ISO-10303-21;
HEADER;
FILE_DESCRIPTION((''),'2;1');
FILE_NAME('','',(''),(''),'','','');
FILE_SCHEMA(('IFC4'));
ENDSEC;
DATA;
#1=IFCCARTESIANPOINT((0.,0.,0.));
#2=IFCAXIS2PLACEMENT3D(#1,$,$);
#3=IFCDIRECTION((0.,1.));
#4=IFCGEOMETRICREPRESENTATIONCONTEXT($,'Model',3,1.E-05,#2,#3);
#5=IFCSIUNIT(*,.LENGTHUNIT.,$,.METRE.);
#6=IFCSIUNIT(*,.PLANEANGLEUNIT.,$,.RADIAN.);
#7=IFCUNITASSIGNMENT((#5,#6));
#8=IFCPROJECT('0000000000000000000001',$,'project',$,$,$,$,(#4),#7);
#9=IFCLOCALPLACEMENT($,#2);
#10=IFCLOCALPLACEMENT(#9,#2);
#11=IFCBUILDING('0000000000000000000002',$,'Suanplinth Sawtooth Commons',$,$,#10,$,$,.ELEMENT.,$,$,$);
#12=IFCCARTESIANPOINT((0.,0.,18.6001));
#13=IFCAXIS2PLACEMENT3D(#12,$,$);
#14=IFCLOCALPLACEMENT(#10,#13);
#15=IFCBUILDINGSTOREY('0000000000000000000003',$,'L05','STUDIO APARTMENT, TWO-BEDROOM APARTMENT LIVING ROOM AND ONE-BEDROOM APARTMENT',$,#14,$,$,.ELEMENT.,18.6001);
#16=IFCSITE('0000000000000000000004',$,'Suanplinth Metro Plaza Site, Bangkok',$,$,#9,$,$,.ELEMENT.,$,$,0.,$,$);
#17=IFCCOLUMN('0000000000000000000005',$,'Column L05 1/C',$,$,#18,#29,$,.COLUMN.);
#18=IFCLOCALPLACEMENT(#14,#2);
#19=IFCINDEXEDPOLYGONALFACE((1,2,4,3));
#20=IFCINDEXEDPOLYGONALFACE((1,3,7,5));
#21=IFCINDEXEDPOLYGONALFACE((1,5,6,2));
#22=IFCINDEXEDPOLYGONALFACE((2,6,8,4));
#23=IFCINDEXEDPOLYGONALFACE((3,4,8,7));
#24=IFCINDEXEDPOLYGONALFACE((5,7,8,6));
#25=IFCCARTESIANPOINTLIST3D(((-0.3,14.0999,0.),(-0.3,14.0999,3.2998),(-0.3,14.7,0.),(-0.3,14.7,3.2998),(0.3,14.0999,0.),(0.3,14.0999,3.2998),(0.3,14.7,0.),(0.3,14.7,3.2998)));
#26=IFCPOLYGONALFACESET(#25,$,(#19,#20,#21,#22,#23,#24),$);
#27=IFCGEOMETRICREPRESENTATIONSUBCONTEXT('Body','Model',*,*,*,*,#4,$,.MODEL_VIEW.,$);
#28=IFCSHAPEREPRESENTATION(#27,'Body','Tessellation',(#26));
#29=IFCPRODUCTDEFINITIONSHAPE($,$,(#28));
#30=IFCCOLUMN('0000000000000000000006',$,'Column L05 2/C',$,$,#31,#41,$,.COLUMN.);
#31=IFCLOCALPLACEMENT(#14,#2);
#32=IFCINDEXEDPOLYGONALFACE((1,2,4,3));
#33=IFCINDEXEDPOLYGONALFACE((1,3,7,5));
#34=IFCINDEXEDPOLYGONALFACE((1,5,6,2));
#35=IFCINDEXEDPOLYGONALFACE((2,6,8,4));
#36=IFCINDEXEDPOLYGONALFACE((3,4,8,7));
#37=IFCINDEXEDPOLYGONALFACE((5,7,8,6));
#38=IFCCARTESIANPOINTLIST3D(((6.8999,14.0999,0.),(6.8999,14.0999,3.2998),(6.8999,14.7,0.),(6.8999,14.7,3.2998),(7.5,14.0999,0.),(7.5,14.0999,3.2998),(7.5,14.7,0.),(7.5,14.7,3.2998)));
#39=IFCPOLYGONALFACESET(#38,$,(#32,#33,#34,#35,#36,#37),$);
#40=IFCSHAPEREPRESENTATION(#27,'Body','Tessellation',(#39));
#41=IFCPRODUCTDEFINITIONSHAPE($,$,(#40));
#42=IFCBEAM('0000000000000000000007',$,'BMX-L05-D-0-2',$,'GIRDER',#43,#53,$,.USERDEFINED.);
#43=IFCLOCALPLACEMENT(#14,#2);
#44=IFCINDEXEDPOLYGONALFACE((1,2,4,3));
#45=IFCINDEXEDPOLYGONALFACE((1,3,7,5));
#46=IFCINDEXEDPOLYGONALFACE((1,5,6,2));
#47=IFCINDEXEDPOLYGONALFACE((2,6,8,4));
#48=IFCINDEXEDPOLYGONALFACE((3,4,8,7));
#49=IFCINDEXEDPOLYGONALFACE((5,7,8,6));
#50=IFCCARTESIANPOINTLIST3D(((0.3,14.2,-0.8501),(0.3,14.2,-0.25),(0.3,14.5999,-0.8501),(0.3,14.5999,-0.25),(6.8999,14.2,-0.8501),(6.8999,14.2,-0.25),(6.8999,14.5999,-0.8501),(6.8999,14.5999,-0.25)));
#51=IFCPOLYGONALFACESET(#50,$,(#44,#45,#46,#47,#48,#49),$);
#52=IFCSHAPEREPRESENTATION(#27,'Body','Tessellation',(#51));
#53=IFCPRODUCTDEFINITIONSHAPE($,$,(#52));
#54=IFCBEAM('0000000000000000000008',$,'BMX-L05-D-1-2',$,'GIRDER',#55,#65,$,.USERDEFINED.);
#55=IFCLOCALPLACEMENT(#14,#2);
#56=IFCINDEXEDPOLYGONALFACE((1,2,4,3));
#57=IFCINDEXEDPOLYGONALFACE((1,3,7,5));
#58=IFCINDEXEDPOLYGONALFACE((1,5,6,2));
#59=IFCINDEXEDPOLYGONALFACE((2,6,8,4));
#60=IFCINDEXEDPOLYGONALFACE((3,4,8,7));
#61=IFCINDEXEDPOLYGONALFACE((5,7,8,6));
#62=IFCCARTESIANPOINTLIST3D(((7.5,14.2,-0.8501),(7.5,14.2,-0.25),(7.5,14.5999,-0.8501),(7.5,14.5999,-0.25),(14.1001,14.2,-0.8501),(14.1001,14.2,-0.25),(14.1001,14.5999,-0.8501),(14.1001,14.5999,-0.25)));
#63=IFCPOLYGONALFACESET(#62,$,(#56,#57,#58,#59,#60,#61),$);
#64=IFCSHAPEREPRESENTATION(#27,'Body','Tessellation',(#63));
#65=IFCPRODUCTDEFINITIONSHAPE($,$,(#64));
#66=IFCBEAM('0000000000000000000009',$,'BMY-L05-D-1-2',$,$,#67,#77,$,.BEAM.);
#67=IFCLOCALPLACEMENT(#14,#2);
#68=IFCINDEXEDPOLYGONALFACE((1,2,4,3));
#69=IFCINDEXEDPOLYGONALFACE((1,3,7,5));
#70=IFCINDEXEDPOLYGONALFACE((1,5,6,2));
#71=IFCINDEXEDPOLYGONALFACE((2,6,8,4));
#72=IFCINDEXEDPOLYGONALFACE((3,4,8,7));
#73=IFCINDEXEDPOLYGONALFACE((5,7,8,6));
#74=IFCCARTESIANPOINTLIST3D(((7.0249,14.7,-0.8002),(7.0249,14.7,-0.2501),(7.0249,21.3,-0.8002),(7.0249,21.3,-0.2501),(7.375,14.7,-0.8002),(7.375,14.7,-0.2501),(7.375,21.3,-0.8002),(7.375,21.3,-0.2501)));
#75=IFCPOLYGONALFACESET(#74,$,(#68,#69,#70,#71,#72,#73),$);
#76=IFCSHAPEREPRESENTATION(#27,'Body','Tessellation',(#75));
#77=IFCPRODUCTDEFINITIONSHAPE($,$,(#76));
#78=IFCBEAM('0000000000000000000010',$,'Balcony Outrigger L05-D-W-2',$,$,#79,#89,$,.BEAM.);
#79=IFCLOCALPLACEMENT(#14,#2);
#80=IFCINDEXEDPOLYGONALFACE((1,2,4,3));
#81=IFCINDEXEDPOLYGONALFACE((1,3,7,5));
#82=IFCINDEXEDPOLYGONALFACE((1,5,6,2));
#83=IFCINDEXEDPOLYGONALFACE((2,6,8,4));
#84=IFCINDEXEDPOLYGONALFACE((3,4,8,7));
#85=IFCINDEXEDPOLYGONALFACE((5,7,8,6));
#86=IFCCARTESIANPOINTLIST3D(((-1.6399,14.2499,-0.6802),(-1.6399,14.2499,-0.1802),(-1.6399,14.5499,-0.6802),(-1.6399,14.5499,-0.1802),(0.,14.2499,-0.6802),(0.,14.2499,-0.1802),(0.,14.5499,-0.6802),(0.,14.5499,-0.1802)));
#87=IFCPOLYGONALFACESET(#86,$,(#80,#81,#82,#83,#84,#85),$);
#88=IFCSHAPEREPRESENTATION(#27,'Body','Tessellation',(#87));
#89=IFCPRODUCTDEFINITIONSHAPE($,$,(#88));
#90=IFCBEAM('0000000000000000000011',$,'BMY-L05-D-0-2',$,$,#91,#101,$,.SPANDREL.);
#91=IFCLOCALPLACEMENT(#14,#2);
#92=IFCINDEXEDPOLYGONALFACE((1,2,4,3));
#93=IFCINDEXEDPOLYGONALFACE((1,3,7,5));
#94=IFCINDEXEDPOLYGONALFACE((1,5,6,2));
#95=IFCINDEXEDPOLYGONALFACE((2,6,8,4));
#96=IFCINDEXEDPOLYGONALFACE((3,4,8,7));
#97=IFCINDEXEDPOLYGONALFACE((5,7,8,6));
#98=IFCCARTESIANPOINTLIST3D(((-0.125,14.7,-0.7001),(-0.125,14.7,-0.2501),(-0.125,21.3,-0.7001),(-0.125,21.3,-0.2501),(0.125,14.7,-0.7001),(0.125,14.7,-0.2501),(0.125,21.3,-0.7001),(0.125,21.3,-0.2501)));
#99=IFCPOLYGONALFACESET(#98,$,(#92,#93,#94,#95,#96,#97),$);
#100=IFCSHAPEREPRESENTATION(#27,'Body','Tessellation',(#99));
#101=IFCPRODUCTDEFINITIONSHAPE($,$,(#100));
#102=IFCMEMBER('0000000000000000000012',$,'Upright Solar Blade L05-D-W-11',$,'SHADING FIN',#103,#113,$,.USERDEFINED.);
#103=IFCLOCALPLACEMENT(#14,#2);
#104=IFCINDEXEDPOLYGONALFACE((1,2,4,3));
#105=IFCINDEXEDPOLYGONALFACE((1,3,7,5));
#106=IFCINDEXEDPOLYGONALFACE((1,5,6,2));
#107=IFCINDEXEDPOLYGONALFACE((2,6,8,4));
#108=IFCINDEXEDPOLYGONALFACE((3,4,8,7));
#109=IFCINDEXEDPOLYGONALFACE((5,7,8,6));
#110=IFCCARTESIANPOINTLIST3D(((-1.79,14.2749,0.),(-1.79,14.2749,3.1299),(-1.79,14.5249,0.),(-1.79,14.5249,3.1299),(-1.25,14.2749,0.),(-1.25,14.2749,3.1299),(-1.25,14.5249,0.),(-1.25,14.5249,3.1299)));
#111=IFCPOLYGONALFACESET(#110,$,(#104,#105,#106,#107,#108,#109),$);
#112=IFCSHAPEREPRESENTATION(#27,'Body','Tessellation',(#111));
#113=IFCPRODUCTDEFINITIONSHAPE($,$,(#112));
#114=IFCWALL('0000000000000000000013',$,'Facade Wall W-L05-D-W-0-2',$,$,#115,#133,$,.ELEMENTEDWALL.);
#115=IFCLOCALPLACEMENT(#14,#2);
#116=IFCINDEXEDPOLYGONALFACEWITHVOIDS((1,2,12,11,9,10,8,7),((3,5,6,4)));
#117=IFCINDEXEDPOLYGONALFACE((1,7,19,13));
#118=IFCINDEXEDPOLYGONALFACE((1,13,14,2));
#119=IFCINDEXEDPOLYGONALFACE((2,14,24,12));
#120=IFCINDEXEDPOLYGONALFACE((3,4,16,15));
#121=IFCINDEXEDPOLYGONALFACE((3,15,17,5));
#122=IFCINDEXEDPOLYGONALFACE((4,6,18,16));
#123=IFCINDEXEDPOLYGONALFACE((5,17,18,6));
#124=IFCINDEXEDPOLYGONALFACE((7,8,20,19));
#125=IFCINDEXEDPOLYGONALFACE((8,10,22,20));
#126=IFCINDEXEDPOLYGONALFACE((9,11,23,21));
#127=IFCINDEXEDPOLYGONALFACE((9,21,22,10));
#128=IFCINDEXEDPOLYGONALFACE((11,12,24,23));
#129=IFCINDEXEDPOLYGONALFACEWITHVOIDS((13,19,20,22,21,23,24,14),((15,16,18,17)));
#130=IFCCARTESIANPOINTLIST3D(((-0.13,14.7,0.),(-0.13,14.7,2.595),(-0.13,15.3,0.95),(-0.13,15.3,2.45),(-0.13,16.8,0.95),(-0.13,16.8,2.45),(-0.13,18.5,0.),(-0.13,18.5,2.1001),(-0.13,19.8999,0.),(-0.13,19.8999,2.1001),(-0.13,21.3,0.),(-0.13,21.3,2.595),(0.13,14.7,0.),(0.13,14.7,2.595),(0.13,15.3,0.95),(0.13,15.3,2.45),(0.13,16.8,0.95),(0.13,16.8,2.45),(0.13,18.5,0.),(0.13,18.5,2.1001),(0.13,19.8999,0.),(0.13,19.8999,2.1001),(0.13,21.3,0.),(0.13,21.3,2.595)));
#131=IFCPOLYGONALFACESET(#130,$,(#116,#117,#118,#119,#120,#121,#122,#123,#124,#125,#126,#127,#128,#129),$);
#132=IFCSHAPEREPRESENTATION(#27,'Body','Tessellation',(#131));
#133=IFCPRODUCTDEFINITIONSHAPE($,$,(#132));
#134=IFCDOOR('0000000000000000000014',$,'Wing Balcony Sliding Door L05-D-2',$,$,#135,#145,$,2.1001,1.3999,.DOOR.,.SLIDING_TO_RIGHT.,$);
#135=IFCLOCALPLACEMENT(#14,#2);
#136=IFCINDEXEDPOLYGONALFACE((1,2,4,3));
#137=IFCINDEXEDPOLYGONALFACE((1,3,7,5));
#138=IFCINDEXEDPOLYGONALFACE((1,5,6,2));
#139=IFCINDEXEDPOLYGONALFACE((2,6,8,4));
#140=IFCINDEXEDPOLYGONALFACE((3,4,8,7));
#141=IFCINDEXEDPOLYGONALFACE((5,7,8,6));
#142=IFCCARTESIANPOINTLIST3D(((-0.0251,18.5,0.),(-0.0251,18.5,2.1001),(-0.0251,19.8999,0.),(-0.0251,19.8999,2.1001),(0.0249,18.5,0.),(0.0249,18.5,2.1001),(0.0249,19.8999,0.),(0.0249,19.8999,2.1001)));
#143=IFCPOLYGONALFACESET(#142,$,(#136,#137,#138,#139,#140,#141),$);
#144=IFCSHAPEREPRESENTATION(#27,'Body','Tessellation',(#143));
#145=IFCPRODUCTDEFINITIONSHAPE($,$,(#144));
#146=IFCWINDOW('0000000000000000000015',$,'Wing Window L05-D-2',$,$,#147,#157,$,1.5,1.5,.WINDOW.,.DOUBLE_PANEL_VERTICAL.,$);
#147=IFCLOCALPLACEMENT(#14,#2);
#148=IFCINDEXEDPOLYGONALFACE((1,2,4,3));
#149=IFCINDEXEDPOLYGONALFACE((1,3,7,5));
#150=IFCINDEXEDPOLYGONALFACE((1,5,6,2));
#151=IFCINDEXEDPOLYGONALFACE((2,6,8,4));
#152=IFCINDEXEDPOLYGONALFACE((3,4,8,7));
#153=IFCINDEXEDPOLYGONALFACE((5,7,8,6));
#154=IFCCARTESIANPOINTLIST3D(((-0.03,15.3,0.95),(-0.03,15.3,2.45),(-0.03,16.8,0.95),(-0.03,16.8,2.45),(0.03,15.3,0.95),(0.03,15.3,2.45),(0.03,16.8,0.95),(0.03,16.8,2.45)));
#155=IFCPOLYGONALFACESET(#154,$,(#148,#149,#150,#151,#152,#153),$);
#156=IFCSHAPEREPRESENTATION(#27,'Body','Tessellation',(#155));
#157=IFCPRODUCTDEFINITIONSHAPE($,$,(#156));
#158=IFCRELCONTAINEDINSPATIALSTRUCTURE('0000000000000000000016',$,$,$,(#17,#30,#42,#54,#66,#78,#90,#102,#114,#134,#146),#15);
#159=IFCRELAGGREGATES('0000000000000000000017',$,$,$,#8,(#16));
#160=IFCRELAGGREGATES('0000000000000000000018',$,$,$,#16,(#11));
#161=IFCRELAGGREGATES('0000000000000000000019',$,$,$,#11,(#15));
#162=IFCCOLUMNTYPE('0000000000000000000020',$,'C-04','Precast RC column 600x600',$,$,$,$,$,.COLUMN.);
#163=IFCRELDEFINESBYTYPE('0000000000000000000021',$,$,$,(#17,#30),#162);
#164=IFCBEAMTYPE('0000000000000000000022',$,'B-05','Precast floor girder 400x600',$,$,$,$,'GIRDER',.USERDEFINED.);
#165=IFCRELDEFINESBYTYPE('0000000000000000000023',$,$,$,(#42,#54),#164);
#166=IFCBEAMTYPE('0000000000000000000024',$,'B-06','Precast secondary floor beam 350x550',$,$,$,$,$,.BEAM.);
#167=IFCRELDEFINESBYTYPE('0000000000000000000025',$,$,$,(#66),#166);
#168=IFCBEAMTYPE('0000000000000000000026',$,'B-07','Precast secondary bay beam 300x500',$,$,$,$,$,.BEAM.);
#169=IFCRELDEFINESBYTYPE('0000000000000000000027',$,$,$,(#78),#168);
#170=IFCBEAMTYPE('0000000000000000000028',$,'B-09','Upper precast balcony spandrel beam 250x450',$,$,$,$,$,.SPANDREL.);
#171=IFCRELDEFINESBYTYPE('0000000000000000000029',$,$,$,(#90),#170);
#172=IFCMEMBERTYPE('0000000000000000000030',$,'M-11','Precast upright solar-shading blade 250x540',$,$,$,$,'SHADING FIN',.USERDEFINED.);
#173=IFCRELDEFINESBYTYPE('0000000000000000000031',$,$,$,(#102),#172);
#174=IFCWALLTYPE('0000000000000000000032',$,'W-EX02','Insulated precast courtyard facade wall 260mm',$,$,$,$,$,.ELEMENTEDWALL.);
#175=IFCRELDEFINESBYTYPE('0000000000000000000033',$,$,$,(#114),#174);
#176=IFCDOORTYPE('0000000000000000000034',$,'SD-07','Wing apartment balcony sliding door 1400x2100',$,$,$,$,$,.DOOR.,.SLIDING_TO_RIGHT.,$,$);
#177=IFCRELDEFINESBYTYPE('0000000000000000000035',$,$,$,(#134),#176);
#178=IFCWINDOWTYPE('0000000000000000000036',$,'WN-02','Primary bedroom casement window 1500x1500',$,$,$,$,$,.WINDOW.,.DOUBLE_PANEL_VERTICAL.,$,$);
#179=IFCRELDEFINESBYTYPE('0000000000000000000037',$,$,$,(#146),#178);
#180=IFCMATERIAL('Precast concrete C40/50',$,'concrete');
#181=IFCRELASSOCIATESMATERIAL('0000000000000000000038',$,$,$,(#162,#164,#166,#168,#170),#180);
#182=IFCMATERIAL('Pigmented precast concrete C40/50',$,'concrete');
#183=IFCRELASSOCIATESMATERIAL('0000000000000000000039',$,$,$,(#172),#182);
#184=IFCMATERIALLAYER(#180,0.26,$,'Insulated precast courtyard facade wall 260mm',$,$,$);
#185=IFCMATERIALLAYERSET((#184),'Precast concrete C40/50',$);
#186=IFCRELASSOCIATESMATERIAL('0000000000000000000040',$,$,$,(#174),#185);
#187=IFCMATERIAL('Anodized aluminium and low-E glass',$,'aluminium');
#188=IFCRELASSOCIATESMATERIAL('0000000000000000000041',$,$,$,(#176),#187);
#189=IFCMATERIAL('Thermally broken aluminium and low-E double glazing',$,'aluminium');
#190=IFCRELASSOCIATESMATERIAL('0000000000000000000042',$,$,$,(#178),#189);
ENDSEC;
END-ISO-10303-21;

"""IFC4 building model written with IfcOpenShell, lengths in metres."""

from ifc_helpers import new_model, si_unit, direction, frame, frame_2d, origin, origin_2d, place, context, subcontext, project, spatial, rectangle, extrude, material, layer, layer_set, material_profile, profile_set, type_object, element, fill, save


model = new_model("IFC4")

# Units and contexts
model_context = context("Model", 3, precision=1e-05, world=origin(), true_north=direction((0.0, 1.0)))
body_context = subcontext(model_context, "Body", "Model", "MODEL_VIEW")
ifc_project = project(units=[si_unit("LENGTHUNIT", "METRE"), si_unit("PLANEANGLEUNIT", "RADIAN")], contexts=[model_context])

# Site, building, storey
site_placement = place(None, origin())
site = spatial("IfcSite", under=ifc_project, at=site_placement, Name="Suanplinth Metro Plaza Site, Bangkok", CompositionType="ELEMENT", RefElevation=0.0)
building_placement = place(site_placement, origin())
building = spatial("IfcBuilding", under=site, at=building_placement, Name="Suanplinth Sawtooth Commons", CompositionType="ELEMENT")
storey_placement = place(building_placement, frame((0.0, 0.0, 18.6001)))
storey = spatial("IfcBuildingStorey", under=building, at=storey_placement, Name="L05", Description="STUDIO APARTMENT, TWO-BEDROOM APARTMENT LIVING ROOM AND ONE-BEDROOM APARTMENT", CompositionType="ELEMENT", Elevation=18.6001)

# Columns
ifc_material_1 = material(Name="Precast concrete C40/50", Category="concrete")
ifc_material_profile_1 = material_profile(ifc_material_1, rectangle(XDim=0.6001, YDim=0.6001, at=origin_2d()), Name="PC-COL 600x600")
ifc_profile_set_1 = profile_set([ifc_material_profile_1], Name="Precast concrete C40/50")
column_type = type_object("IfcColumnType", Name="C-04", Description="Precast RC column 600x600", PredefinedType="COLUMN", material=ifc_profile_set_1)
for number, where, z_axis, x_axis, name in (
    (1, (0.0, 14.3999, 0.0), (0.0, 0.0, 1.0), (1.0, 0.0, 0.0), "Column L05 1/C"),
    (2, (7.2, 14.3999, 0.0), (0.0, 0.0, 1.0), (1.0, 0.0, 0.0), "Column L05 2/C"),
):
    element("IfcColumn", number, at=place(storey_placement, frame(where, z_axis=z_axis, x_axis=x_axis)), inside=storey, type_object=column_type, Name=name, PredefinedType="COLUMN", context=body_context, shape_type="SweptSolid", body=[
        extrude(rectangle(XDim=0.6001, YDim=0.6001, at=origin_2d()), origin(), (0.0, 0.0, 1.0), 3.2998),
    ])

# Beams
ifc_material_profile_2 = material_profile(ifc_material_1, rectangle(XDim=0.3999, YDim=0.6001, at=origin_2d()), Name="PC-GDR 400x600")
ifc_profile_set_2 = profile_set([ifc_material_profile_2], Name="Precast concrete C40/50")
beam_type_1 = type_object("IfcBeamType", Name="B-05", Description="Precast floor girder 400x600", ElementType="GIRDER", PredefinedType="USERDEFINED", material=ifc_profile_set_2)
beam_1_placement = place(storey_placement, frame((0.3, 14.3999, -0.55), z_axis=(1.0, 0.0, 0.0), x_axis=(0.0, 1.0, 0.0)))
element("IfcBeam", 3, at=beam_1_placement, inside=storey, type_object=beam_type_1, Name="BMX-L05-D-0-2", ObjectType="GIRDER", PredefinedType="USERDEFINED", context=body_context, shape_type="SweptSolid", body=[
    extrude(rectangle(XDim=0.3999, YDim=0.6001, at=origin_2d()), origin(), (0.0, 0.0, 1.0), 6.5999),
])
beam_2_placement = place(storey_placement, frame((7.5, 14.3999, -0.55), z_axis=(1.0, 0.0, 0.0), x_axis=(0.0, 1.0, 0.0)))
element("IfcBeam", 4, at=beam_2_placement, inside=storey, type_object=beam_type_1, Name="BMX-L05-D-1-2", ObjectType="GIRDER", PredefinedType="USERDEFINED", context=body_context, shape_type="SweptSolid", body=[
    extrude(rectangle(XDim=0.3999, YDim=0.6001, at=origin_2d()), origin(), (0.0, 0.0, 1.0), 6.6001),
])
ifc_material_profile_3 = material_profile(ifc_material_1, rectangle(XDim=0.3501, YDim=0.55, at=origin_2d()), Name="PC-BM 350x550")
ifc_profile_set_3 = profile_set([ifc_material_profile_3], Name="Precast concrete C40/50")
beam_type_2 = type_object("IfcBeamType", Name="B-06", Description="Precast secondary floor beam 350x550", PredefinedType="BEAM", material=ifc_profile_set_3)
beam_3_placement = place(storey_placement, frame((7.2, 14.7, -0.5251), z_axis=(0.0, 1.0, 0.0), x_axis=(-1.0, 0.0, 0.0)))
element("IfcBeam", 5, at=beam_3_placement, inside=storey, type_object=beam_type_2, Name="BMY-L05-D-1-2", PredefinedType="BEAM", context=body_context, shape_type="SweptSolid", body=[
    extrude(rectangle(XDim=0.3501, YDim=0.55, at=origin_2d()), origin(), (0.0, 0.0, 1.0), 6.6001),
])
ifc_material_profile_4 = material_profile(ifc_material_1, rectangle(XDim=0.3, YDim=0.5, at=origin_2d()), Name="PC-BM 300x500")
ifc_profile_set_4 = profile_set([ifc_material_profile_4], Name="Precast concrete C40/50")
beam_type_3 = type_object("IfcBeamType", Name="B-07", Description="Precast secondary bay beam 300x500", PredefinedType="BEAM", material=ifc_profile_set_4)
beam_4_placement = place(storey_placement, frame((0.0, 14.3999, -0.4302), z_axis=(-1.0, 0.0, 0.0), x_axis=(0.0, -1.0, 0.0)))
element("IfcBeam", 6, at=beam_4_placement, inside=storey, type_object=beam_type_3, Name="Balcony Outrigger L05-D-W-2", PredefinedType="BEAM", context=body_context, shape_type="SweptSolid", body=[
    extrude(rectangle(XDim=0.3, YDim=0.5, at=origin_2d()), origin(), (0.0, 0.0, 1.0), 1.6399),
])
ifc_material_profile_5 = material_profile(ifc_material_1, rectangle(XDim=0.25, YDim=0.45, at=origin_2d()), Name="PC-SP 250x450")
ifc_profile_set_5 = profile_set([ifc_material_profile_5], Name="Precast concrete C40/50")
beam_type_4 = type_object("IfcBeamType", Name="B-09", Description="Upper precast balcony spandrel beam 250x450", PredefinedType="SPANDREL", material=ifc_profile_set_5)
beam_5_placement = place(storey_placement, frame((0.0, 14.7, -0.4751), z_axis=(0.0, 1.0, 0.0), x_axis=(-1.0, 0.0, 0.0)))
element("IfcBeam", 7, at=beam_5_placement, inside=storey, type_object=beam_type_4, Name="BMY-L05-D-0-2", PredefinedType="SPANDREL", context=body_context, shape_type="SweptSolid", body=[
    extrude(rectangle(XDim=0.25, YDim=0.45, at=origin_2d()), origin(), (0.0, 0.0, 1.0), 6.6001),
])

# Member
ifc_material_2 = material(Name="Pigmented precast concrete C40/50", Category="concrete")
ifc_material_profile_6 = material_profile(ifc_material_2, rectangle(XDim=0.25, YDim=0.54, at=origin_2d()), Name="PC-FIN 250x540")
ifc_profile_set_6 = profile_set([ifc_material_profile_6], Name="Pigmented precast concrete C40/50")
member_type = type_object("IfcMemberType", Name="M-11", Description="Precast upright solar-shading blade 250x540", ElementType="SHADING FIN", PredefinedType="USERDEFINED", material=ifc_profile_set_6)
member_placement = place(storey_placement, frame((-1.52, 14.3999, 0.0), z_axis=(0.0, 0.0, 1.0), x_axis=(0.0, 1.0, 0.0)))
element("IfcMember", 8, at=member_placement, inside=storey, type_object=member_type, Name="Upright Solar Blade L05-D-W-11", ObjectType="SHADING FIN", PredefinedType="USERDEFINED", context=body_context, shape_type="SweptSolid", body=[
    extrude(rectangle(XDim=0.25, YDim=0.54, at=origin_2d()), origin(), (0.0, 0.0, 1.0), 3.1299),
])

# Wall, openings, door, window
ifc_layer_1 = layer(ifc_material_1, 0.26, Name="Insulated precast courtyard facade wall 260mm")
ifc_layer_set_1 = layer_set([ifc_layer_1], Name="Precast concrete C40/50")
wall_type_1 = type_object("IfcWallType", Name="W-EX02", Description="Insulated precast courtyard facade wall 260mm", PredefinedType="ELEMENTEDWALL", material=ifc_layer_set_1)
wall_1_placement = place(storey_placement, frame((0.0, 14.7, 0.0), z_axis=(0.0, 0.0, 1.0), x_axis=(0.0, 1.0, 0.0)))
wall_1 = element("IfcWall", 9, at=wall_1_placement, inside=storey, type_object=wall_type_1, Name="Facade Wall W-L05-D-W-0-2", PredefinedType="ELEMENTEDWALL", context=body_context, shape_type="SweptSolid", body=[
    extrude(rectangle(XDim=6.6001, YDim=0.26, at=frame_2d((3.3, 0.0))), origin(), (0.0, 0.0, 1.0), 2.595),
])
opening_1_placement = place(wall_1_placement, frame((3.8, 0.0, 0.0)))
opening_1 = element("IfcOpeningElement", 10, at=opening_1_placement, cuts=wall_1, PredefinedType="OPENING", context=body_context, shape_type="SweptSolid", body=[
    extrude(rectangle(XDim=1.3999, YDim=2.1001, at=frame_2d((0.7, 1.05))), frame((0.0, 0.145, 0.0), z_axis=(0.0, -1.0, 0.0), x_axis=(1.0, 0.0, 0.0)), (0.0, 0.0, 1.0), 0.2898),
])
opening_2_placement = place(wall_1_placement, frame((0.6001, 0.0, 0.95)))
opening_2 = element("IfcOpeningElement", 11, at=opening_2_placement, cuts=wall_1, PredefinedType="OPENING", context=body_context, shape_type="SweptSolid", body=[
    extrude(rectangle(XDim=1.5, YDim=1.5, at=frame_2d((0.75, 0.75))), frame((0.0, 0.145, 0.0), z_axis=(0.0, -1.0, 0.0), x_axis=(1.0, 0.0, 0.0)), (0.0, 0.0, 1.0), 0.2898),
])
ifc_material_3 = material(Name="Anodized aluminium and low-E glass", Category="aluminium")
door_type_1 = type_object("IfcDoorType", Name="SD-07", Description="Wing apartment balcony sliding door 1400x2100", OperationType="SLIDING_TO_RIGHT", PredefinedType="DOOR", material=ifc_material_3)
door_1_placement = place(opening_1_placement, frame((1.3999, 0.0, 0.0), z_axis=(0.0, 0.0, 1.0), x_axis=(-1.0, 0.0, 0.0)))
door_1 = element("IfcDoor", 12, at=door_1_placement, inside=storey, type_object=door_type_1, Name="Wing Balcony Sliding Door L05-D-2", OperationType="SLIDING_TO_RIGHT", OverallHeight=2.1001, OverallWidth=1.3999, PredefinedType="DOOR", context=body_context, shape_type="SweptSolid", body=[
    extrude(rectangle(XDim=1.3999, YDim=2.1001, at=frame_2d((0.7, 1.05))), frame((0.0, 0.0249, 0.0), z_axis=(0.0, -1.0, 0.0), x_axis=(1.0, 0.0, 0.0)), (0.0, 0.0, 1.0), 0.05),
])
fill(opening_1, door_1)
ifc_material_4 = material(Name="Thermally broken aluminium and low-E double glazing", Category="aluminium")
window_type = type_object("IfcWindowType", Name="WN-02", Description="Primary bedroom casement window 1500x1500", PartitioningType="DOUBLE_PANEL_VERTICAL", PredefinedType="WINDOW", material=ifc_material_4)
window_placement = place(opening_2_placement, origin())
window = element("IfcWindow", 13, at=window_placement, inside=storey, type_object=window_type, Name="Wing Window L05-D-2", OverallHeight=1.5, OverallWidth=1.5, PartitioningType="DOUBLE_PANEL_VERTICAL", PredefinedType="WINDOW", context=body_context, shape_type="SweptSolid", body=[
    extrude(rectangle(XDim=1.5, YDim=1.5, at=frame_2d((0.75, 0.75))), frame((0.0, 0.03, 0.0), z_axis=(0.0, -1.0, 0.0), x_axis=(1.0, 0.0, 0.0)), (0.0, 0.0, 1.0), 0.0601),
])
fill(opening_2, window)

save(model, "model.ifc")
